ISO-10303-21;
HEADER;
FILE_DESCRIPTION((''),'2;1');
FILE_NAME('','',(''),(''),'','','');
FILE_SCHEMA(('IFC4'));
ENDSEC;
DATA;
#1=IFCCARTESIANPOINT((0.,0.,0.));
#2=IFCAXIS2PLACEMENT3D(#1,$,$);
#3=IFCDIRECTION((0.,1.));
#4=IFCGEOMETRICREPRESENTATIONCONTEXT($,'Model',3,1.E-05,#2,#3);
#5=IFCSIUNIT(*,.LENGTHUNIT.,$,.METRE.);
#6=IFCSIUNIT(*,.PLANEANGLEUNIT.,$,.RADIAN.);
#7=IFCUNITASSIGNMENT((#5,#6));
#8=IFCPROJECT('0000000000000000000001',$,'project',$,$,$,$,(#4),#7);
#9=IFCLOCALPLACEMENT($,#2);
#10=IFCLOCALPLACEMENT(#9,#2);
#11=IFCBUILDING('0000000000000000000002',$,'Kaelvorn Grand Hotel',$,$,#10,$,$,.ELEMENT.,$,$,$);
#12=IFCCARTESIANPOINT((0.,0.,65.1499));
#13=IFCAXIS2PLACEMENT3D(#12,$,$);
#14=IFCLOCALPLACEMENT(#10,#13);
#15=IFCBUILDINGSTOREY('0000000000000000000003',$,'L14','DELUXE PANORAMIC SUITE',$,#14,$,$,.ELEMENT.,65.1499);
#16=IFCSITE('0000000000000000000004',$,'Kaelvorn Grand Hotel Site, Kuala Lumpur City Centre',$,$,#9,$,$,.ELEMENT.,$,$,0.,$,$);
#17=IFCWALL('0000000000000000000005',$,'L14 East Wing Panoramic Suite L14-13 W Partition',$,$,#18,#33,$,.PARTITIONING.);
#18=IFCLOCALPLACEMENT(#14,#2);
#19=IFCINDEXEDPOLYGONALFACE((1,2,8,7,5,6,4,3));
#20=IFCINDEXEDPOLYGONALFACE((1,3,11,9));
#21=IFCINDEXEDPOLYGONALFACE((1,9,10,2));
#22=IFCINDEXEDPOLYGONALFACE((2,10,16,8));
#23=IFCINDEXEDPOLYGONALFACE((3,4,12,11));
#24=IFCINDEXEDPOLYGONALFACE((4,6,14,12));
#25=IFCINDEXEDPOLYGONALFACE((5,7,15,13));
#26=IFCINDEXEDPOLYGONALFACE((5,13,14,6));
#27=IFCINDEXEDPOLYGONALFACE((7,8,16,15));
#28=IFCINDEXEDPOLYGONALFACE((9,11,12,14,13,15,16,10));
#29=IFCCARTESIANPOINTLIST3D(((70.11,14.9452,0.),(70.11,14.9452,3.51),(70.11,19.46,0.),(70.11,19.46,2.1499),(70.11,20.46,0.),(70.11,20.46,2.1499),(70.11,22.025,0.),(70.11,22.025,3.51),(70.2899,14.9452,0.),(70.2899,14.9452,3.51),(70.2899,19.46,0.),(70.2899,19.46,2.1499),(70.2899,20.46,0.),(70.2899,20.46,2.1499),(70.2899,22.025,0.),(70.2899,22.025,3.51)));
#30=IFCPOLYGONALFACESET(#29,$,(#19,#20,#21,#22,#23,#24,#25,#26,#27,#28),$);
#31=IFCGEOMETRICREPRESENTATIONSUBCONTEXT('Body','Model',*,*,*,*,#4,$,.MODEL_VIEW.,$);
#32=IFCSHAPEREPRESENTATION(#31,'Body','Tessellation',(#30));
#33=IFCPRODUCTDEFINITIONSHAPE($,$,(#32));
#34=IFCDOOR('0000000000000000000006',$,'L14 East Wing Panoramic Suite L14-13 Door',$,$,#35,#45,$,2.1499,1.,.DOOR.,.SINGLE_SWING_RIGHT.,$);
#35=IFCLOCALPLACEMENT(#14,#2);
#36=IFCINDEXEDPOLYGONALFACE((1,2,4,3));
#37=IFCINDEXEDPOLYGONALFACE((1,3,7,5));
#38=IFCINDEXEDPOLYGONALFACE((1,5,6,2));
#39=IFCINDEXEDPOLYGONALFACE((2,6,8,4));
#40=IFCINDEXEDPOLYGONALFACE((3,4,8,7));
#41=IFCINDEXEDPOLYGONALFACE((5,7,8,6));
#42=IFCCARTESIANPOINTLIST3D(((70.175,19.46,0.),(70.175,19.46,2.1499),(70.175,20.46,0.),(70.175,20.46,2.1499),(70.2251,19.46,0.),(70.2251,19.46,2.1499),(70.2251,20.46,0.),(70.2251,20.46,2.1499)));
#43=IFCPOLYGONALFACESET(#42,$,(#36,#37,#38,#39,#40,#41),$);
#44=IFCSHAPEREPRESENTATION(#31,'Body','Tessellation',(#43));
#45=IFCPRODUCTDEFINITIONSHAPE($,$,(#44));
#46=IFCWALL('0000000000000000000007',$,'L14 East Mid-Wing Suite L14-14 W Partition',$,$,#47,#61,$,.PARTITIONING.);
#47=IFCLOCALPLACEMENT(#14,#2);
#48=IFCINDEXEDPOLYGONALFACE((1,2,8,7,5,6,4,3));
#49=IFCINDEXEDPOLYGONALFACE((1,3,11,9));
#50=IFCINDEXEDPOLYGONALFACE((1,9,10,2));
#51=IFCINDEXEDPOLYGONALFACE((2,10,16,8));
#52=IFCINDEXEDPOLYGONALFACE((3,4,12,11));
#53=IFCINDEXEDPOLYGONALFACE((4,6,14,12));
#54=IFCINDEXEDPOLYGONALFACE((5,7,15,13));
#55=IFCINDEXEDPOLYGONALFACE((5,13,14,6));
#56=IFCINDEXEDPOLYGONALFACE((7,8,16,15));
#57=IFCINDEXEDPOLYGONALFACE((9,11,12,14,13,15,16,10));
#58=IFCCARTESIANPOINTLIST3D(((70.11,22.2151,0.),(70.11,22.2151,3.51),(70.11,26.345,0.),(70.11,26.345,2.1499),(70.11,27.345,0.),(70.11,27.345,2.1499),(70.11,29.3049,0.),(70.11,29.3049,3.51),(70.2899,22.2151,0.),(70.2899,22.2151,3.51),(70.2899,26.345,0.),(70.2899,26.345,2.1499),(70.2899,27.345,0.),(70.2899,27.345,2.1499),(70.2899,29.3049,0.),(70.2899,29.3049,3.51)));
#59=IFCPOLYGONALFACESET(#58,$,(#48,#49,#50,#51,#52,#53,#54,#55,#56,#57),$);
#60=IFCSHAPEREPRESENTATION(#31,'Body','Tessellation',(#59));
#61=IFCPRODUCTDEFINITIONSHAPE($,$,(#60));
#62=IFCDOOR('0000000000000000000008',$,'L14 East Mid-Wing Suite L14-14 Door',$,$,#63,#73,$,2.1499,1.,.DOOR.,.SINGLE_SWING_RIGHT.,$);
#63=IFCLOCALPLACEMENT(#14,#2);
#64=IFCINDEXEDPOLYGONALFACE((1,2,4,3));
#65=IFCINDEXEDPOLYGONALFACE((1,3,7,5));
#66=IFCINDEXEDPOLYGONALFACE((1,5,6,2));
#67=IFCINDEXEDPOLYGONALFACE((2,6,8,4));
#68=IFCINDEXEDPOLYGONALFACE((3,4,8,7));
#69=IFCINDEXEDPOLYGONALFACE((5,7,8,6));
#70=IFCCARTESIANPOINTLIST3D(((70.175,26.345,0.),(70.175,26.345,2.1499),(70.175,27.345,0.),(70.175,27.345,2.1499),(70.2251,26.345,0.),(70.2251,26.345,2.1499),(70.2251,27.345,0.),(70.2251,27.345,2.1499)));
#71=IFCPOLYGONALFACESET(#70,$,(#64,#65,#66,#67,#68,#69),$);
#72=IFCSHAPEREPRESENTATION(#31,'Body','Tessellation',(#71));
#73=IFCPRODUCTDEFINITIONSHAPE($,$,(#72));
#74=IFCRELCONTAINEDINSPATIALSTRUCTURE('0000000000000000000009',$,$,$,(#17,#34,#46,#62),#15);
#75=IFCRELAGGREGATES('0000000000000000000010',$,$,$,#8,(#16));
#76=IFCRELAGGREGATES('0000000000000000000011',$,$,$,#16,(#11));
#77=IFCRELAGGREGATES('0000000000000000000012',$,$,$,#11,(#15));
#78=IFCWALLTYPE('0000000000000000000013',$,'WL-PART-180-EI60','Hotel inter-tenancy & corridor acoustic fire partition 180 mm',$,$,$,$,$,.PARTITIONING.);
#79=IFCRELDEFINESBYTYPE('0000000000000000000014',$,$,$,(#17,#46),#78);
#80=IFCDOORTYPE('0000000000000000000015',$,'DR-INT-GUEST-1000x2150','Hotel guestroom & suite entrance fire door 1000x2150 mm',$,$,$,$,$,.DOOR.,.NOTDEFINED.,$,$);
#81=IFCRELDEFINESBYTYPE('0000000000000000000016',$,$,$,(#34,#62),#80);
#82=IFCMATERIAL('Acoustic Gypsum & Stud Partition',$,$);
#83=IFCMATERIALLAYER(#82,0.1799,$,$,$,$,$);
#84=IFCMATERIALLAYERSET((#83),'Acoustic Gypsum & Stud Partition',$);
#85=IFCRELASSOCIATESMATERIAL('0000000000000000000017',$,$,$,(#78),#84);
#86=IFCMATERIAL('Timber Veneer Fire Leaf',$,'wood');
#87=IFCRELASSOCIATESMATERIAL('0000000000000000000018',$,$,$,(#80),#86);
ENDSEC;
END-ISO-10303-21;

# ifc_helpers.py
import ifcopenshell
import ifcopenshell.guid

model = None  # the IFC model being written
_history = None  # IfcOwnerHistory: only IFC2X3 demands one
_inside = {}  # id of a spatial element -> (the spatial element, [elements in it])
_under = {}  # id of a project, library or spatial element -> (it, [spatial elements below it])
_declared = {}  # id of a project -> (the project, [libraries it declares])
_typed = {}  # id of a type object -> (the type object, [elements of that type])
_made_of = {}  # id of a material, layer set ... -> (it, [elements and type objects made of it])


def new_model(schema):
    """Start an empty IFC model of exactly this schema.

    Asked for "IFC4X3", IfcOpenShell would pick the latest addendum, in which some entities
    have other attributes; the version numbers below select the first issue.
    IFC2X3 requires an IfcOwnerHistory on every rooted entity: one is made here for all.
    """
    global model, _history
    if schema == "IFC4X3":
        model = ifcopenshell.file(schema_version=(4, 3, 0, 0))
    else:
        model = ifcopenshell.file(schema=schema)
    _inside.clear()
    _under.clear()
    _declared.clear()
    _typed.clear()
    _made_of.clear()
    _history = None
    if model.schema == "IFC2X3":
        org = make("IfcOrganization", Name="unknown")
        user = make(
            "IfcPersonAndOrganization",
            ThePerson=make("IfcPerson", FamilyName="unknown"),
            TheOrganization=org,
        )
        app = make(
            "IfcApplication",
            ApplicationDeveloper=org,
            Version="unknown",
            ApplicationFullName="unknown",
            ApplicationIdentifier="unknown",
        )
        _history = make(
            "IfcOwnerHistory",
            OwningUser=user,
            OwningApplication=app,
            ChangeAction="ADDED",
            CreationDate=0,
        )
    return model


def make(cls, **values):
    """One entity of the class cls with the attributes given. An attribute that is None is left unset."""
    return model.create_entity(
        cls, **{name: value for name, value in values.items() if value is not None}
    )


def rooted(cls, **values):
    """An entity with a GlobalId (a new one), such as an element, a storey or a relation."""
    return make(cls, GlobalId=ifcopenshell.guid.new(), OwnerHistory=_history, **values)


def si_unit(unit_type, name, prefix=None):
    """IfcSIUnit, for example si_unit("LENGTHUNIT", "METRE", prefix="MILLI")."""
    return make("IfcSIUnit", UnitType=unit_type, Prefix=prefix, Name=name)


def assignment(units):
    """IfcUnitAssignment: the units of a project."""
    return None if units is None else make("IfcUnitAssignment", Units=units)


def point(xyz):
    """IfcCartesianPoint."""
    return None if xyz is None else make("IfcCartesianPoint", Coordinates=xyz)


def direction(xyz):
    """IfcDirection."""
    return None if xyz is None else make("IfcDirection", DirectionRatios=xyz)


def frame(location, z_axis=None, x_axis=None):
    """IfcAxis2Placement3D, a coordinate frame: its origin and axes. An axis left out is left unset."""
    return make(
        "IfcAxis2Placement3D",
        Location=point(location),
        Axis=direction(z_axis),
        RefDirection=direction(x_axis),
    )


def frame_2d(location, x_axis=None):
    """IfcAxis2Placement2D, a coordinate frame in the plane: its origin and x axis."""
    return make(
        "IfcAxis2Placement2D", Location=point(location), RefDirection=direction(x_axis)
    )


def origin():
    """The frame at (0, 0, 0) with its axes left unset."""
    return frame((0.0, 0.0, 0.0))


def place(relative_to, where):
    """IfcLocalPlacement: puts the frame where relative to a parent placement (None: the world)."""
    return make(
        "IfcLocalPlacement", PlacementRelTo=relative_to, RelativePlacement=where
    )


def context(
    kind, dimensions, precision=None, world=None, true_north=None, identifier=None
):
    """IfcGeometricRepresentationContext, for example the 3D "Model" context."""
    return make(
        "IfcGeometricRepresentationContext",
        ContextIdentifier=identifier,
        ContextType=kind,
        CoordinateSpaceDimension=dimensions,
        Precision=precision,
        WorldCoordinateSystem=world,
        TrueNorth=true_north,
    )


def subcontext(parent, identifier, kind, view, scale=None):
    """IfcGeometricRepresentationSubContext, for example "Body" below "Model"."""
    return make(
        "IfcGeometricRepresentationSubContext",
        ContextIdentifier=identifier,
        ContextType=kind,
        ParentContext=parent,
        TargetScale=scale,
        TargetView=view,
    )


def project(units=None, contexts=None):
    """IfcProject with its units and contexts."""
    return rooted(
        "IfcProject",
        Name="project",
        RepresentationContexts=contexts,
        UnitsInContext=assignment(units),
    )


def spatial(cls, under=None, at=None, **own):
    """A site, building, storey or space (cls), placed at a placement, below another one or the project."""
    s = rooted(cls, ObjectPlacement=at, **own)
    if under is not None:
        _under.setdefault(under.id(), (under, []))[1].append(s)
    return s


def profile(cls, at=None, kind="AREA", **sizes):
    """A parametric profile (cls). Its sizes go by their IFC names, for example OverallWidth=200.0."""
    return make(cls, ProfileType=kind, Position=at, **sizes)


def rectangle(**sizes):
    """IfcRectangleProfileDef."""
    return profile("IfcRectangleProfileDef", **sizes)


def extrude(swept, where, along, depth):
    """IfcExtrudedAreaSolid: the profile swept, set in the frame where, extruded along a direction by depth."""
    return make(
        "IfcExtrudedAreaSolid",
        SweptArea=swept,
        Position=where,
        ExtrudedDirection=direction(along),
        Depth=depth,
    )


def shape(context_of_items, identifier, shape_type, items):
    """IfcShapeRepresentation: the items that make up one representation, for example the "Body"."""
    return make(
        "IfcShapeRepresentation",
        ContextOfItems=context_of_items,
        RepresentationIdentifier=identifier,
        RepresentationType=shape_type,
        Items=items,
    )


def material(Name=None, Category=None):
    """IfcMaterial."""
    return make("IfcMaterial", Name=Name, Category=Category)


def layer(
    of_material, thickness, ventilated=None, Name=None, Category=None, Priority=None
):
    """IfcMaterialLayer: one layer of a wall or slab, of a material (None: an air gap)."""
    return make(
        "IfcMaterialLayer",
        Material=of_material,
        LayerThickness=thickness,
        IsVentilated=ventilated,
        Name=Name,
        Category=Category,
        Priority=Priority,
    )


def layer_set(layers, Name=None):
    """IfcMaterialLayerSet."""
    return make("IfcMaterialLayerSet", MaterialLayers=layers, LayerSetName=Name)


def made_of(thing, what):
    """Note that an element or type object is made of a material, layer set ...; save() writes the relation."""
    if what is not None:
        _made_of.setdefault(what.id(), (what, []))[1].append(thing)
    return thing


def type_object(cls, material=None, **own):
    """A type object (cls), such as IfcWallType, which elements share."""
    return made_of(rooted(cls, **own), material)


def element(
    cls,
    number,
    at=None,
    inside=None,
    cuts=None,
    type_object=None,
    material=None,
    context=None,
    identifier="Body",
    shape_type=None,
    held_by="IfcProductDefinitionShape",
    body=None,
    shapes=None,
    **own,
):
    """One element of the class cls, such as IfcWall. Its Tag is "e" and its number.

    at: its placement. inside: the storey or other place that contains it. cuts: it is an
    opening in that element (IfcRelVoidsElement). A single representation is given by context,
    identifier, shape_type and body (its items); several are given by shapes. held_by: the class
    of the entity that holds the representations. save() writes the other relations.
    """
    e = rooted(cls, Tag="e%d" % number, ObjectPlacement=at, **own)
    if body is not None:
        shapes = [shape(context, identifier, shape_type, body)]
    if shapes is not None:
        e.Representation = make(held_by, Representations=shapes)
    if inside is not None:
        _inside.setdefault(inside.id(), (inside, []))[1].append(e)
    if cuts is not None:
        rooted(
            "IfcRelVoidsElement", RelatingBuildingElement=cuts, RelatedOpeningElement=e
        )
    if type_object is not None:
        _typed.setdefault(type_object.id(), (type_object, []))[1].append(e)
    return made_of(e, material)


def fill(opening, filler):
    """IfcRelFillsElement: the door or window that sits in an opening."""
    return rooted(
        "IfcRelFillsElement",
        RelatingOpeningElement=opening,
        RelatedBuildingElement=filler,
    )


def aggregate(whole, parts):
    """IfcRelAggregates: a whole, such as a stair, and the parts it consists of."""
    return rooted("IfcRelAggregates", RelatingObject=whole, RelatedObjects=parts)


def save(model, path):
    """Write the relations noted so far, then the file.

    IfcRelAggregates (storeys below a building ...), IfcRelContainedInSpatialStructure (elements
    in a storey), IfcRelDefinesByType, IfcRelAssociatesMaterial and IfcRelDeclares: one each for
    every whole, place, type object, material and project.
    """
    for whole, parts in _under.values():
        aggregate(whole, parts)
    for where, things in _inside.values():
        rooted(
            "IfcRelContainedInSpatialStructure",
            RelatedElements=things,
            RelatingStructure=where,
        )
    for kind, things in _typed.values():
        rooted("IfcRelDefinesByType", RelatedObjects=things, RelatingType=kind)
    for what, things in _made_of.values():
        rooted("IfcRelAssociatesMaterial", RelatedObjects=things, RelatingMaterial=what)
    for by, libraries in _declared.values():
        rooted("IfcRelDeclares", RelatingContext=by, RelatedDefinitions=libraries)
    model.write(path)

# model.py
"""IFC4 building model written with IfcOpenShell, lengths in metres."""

from ifc_helpers import new_model, si_unit, direction, frame, frame_2d, origin, place, context, subcontext, project, spatial, rectangle, extrude, material, layer, layer_set, type_object, element, fill, save


model = new_model("IFC4")

# Units and contexts
model_context = context("Model", 3, precision=1e-05, world=origin(), true_north=direction((0.0, 1.0)))
body_context = subcontext(model_context, "Body", "Model", "MODEL_VIEW")
ifc_project = project(units=[si_unit("LENGTHUNIT", "METRE"), si_unit("PLANEANGLEUNIT", "RADIAN")], contexts=[model_context])

# Site, building, storey
site_placement = place(None, origin())
site = spatial("IfcSite", under=ifc_project, at=site_placement, Name="Kaelvorn Grand Hotel Site, Kuala Lumpur City Centre", CompositionType="ELEMENT", RefElevation=0.0)
building_placement = place(site_placement, origin())
building = spatial("IfcBuilding", under=site, at=building_placement, Name="Kaelvorn Grand Hotel", CompositionType="ELEMENT")
storey_placement = place(building_placement, frame((0.0, 0.0, 65.1499)))
storey = spatial("IfcBuildingStorey", under=building, at=storey_placement, Name="L14", Description="DELUXE PANORAMIC SUITE", CompositionType="ELEMENT", Elevation=65.1499)

# Shared definitions
ifc_material_1 = material(Name="Acoustic Gypsum & Stud Partition")
ifc_layer_1 = layer(ifc_material_1, 0.1799)
ifc_layer_set_1 = layer_set([ifc_layer_1], Name="Acoustic Gypsum & Stud Partition")
wall_type_1 = type_object("IfcWallType", Name="WL-PART-180-EI60", Description="Hotel inter-tenancy & corridor acoustic fire partition 180 mm", PredefinedType="PARTITIONING", material=ifc_layer_set_1)

# Walls, openings, doors
wall_1_placement = place(storey_placement, frame((70.2, 14.9451, 0.0), z_axis=(0.0, 0.0, 1.0), x_axis=(0.0, 1.0, 0.0)))
wall_1 = element("IfcWall", 1, at=wall_1_placement, inside=storey, type_object=wall_type_1, Name="L14 East Wing Panoramic Suite L14-13 W Partition", PredefinedType="PARTITIONING", context=body_context, shape_type="SweptSolid", body=[
    extrude(rectangle(XDim=7.0798, YDim=0.1799, at=frame_2d((3.54, 0.0))), origin(), (0.0, 0.0, 1.0), 3.51),
])
opening_1_placement = place(wall_1_placement, frame((4.5149, 0.0, 0.0)))
opening_1 = element("IfcOpeningElement", 2, at=opening_1_placement, cuts=wall_1, PredefinedType="OPENING", context=body_context, shape_type="SweptSolid", body=[
    extrude(rectangle(XDim=1.0, YDim=2.1499, at=frame_2d((0.5, 1.075))), frame((0.0, 0.1001, 0.0), z_axis=(0.0, -1.0, 0.0), x_axis=(1.0, 0.0, 0.0)), (0.0, 0.0, 1.0), 0.2),
])
ifc_material_2 = material(Name="Timber Veneer Fire Leaf", Category="wood")
door_type_1 = type_object("IfcDoorType", Name="DR-INT-GUEST-1000x2150", Description="Hotel guestroom & suite entrance fire door 1000x2150 mm", OperationType="NOTDEFINED", PredefinedType="DOOR", material=ifc_material_2)
door_1_placement = place(opening_1_placement, origin())
door_1 = element("IfcDoor", 3, at=door_1_placement, inside=storey, type_object=door_type_1, Name="L14 East Wing Panoramic Suite L14-13 Door", OperationType="SINGLE_SWING_RIGHT", OverallHeight=2.1499, OverallWidth=1.0, PredefinedType="DOOR", context=body_context, shape_type="SweptSolid", body=[
    extrude(rectangle(XDim=1.0, YDim=2.1499, at=frame_2d((0.5, 1.075))), frame((0.0, 0.0249, 0.0), z_axis=(0.0, -1.0, 0.0), x_axis=(1.0, 0.0, 0.0)), (0.0, 0.0, 1.0), 0.05),
])
fill(opening_1, door_1)
wall_2_placement = place(storey_placement, frame((70.2, 22.2151, 0.0), z_axis=(0.0, 0.0, 1.0), x_axis=(0.0, 1.0, 0.0)))
wall_2 = element("IfcWall", 4, at=wall_2_placement, inside=storey, type_object=wall_type_1, Name="L14 East Mid-Wing Suite L14-14 W Partition", PredefinedType="PARTITIONING", context=body_context, shape_type="SweptSolid", body=[
    extrude(rectangle(XDim=7.0898, YDim=0.1799, at=frame_2d((3.5449, 0.0))), origin(), (0.0, 0.0, 1.0), 3.51),
])
opening_2_placement = place(wall_2_placement, frame((4.1299, 0.0, 0.0)))
opening_2 = element("IfcOpeningElement", 5, at=opening_2_placement, cuts=wall_2, PredefinedType="OPENING", context=body_context, shape_type="SweptSolid", body=[
    extrude(rectangle(XDim=1.0, YDim=2.1499, at=frame_2d((0.5, 1.075))), frame((0.0, 0.1001, 0.0), z_axis=(0.0, -1.0, 0.0), x_axis=(1.0, 0.0, 0.0)), (0.0, 0.0, 1.0), 0.2),
])
door_2_placement = place(opening_2_placement, origin())
door_2 = element("IfcDoor", 6, at=door_2_placement, inside=storey, type_object=door_type_1, Name="L14 East Mid-Wing Suite L14-14 Door", OperationType="SINGLE_SWING_RIGHT", OverallHeight=2.1499, OverallWidth=1.0, PredefinedType="DOOR", context=body_context, shape_type="SweptSolid", body=[
    extrude(rectangle(XDim=1.0, YDim=2.1499, at=frame_2d((0.5, 1.075))), frame((0.0, 0.0249, 0.0), z_axis=(0.0, -1.0, 0.0), x_axis=(1.0, 0.0, 0.0)), (0.0, 0.0, 1.0), 0.05),
])
fill(opening_2, door_2)

save(model, "model.ifc")
